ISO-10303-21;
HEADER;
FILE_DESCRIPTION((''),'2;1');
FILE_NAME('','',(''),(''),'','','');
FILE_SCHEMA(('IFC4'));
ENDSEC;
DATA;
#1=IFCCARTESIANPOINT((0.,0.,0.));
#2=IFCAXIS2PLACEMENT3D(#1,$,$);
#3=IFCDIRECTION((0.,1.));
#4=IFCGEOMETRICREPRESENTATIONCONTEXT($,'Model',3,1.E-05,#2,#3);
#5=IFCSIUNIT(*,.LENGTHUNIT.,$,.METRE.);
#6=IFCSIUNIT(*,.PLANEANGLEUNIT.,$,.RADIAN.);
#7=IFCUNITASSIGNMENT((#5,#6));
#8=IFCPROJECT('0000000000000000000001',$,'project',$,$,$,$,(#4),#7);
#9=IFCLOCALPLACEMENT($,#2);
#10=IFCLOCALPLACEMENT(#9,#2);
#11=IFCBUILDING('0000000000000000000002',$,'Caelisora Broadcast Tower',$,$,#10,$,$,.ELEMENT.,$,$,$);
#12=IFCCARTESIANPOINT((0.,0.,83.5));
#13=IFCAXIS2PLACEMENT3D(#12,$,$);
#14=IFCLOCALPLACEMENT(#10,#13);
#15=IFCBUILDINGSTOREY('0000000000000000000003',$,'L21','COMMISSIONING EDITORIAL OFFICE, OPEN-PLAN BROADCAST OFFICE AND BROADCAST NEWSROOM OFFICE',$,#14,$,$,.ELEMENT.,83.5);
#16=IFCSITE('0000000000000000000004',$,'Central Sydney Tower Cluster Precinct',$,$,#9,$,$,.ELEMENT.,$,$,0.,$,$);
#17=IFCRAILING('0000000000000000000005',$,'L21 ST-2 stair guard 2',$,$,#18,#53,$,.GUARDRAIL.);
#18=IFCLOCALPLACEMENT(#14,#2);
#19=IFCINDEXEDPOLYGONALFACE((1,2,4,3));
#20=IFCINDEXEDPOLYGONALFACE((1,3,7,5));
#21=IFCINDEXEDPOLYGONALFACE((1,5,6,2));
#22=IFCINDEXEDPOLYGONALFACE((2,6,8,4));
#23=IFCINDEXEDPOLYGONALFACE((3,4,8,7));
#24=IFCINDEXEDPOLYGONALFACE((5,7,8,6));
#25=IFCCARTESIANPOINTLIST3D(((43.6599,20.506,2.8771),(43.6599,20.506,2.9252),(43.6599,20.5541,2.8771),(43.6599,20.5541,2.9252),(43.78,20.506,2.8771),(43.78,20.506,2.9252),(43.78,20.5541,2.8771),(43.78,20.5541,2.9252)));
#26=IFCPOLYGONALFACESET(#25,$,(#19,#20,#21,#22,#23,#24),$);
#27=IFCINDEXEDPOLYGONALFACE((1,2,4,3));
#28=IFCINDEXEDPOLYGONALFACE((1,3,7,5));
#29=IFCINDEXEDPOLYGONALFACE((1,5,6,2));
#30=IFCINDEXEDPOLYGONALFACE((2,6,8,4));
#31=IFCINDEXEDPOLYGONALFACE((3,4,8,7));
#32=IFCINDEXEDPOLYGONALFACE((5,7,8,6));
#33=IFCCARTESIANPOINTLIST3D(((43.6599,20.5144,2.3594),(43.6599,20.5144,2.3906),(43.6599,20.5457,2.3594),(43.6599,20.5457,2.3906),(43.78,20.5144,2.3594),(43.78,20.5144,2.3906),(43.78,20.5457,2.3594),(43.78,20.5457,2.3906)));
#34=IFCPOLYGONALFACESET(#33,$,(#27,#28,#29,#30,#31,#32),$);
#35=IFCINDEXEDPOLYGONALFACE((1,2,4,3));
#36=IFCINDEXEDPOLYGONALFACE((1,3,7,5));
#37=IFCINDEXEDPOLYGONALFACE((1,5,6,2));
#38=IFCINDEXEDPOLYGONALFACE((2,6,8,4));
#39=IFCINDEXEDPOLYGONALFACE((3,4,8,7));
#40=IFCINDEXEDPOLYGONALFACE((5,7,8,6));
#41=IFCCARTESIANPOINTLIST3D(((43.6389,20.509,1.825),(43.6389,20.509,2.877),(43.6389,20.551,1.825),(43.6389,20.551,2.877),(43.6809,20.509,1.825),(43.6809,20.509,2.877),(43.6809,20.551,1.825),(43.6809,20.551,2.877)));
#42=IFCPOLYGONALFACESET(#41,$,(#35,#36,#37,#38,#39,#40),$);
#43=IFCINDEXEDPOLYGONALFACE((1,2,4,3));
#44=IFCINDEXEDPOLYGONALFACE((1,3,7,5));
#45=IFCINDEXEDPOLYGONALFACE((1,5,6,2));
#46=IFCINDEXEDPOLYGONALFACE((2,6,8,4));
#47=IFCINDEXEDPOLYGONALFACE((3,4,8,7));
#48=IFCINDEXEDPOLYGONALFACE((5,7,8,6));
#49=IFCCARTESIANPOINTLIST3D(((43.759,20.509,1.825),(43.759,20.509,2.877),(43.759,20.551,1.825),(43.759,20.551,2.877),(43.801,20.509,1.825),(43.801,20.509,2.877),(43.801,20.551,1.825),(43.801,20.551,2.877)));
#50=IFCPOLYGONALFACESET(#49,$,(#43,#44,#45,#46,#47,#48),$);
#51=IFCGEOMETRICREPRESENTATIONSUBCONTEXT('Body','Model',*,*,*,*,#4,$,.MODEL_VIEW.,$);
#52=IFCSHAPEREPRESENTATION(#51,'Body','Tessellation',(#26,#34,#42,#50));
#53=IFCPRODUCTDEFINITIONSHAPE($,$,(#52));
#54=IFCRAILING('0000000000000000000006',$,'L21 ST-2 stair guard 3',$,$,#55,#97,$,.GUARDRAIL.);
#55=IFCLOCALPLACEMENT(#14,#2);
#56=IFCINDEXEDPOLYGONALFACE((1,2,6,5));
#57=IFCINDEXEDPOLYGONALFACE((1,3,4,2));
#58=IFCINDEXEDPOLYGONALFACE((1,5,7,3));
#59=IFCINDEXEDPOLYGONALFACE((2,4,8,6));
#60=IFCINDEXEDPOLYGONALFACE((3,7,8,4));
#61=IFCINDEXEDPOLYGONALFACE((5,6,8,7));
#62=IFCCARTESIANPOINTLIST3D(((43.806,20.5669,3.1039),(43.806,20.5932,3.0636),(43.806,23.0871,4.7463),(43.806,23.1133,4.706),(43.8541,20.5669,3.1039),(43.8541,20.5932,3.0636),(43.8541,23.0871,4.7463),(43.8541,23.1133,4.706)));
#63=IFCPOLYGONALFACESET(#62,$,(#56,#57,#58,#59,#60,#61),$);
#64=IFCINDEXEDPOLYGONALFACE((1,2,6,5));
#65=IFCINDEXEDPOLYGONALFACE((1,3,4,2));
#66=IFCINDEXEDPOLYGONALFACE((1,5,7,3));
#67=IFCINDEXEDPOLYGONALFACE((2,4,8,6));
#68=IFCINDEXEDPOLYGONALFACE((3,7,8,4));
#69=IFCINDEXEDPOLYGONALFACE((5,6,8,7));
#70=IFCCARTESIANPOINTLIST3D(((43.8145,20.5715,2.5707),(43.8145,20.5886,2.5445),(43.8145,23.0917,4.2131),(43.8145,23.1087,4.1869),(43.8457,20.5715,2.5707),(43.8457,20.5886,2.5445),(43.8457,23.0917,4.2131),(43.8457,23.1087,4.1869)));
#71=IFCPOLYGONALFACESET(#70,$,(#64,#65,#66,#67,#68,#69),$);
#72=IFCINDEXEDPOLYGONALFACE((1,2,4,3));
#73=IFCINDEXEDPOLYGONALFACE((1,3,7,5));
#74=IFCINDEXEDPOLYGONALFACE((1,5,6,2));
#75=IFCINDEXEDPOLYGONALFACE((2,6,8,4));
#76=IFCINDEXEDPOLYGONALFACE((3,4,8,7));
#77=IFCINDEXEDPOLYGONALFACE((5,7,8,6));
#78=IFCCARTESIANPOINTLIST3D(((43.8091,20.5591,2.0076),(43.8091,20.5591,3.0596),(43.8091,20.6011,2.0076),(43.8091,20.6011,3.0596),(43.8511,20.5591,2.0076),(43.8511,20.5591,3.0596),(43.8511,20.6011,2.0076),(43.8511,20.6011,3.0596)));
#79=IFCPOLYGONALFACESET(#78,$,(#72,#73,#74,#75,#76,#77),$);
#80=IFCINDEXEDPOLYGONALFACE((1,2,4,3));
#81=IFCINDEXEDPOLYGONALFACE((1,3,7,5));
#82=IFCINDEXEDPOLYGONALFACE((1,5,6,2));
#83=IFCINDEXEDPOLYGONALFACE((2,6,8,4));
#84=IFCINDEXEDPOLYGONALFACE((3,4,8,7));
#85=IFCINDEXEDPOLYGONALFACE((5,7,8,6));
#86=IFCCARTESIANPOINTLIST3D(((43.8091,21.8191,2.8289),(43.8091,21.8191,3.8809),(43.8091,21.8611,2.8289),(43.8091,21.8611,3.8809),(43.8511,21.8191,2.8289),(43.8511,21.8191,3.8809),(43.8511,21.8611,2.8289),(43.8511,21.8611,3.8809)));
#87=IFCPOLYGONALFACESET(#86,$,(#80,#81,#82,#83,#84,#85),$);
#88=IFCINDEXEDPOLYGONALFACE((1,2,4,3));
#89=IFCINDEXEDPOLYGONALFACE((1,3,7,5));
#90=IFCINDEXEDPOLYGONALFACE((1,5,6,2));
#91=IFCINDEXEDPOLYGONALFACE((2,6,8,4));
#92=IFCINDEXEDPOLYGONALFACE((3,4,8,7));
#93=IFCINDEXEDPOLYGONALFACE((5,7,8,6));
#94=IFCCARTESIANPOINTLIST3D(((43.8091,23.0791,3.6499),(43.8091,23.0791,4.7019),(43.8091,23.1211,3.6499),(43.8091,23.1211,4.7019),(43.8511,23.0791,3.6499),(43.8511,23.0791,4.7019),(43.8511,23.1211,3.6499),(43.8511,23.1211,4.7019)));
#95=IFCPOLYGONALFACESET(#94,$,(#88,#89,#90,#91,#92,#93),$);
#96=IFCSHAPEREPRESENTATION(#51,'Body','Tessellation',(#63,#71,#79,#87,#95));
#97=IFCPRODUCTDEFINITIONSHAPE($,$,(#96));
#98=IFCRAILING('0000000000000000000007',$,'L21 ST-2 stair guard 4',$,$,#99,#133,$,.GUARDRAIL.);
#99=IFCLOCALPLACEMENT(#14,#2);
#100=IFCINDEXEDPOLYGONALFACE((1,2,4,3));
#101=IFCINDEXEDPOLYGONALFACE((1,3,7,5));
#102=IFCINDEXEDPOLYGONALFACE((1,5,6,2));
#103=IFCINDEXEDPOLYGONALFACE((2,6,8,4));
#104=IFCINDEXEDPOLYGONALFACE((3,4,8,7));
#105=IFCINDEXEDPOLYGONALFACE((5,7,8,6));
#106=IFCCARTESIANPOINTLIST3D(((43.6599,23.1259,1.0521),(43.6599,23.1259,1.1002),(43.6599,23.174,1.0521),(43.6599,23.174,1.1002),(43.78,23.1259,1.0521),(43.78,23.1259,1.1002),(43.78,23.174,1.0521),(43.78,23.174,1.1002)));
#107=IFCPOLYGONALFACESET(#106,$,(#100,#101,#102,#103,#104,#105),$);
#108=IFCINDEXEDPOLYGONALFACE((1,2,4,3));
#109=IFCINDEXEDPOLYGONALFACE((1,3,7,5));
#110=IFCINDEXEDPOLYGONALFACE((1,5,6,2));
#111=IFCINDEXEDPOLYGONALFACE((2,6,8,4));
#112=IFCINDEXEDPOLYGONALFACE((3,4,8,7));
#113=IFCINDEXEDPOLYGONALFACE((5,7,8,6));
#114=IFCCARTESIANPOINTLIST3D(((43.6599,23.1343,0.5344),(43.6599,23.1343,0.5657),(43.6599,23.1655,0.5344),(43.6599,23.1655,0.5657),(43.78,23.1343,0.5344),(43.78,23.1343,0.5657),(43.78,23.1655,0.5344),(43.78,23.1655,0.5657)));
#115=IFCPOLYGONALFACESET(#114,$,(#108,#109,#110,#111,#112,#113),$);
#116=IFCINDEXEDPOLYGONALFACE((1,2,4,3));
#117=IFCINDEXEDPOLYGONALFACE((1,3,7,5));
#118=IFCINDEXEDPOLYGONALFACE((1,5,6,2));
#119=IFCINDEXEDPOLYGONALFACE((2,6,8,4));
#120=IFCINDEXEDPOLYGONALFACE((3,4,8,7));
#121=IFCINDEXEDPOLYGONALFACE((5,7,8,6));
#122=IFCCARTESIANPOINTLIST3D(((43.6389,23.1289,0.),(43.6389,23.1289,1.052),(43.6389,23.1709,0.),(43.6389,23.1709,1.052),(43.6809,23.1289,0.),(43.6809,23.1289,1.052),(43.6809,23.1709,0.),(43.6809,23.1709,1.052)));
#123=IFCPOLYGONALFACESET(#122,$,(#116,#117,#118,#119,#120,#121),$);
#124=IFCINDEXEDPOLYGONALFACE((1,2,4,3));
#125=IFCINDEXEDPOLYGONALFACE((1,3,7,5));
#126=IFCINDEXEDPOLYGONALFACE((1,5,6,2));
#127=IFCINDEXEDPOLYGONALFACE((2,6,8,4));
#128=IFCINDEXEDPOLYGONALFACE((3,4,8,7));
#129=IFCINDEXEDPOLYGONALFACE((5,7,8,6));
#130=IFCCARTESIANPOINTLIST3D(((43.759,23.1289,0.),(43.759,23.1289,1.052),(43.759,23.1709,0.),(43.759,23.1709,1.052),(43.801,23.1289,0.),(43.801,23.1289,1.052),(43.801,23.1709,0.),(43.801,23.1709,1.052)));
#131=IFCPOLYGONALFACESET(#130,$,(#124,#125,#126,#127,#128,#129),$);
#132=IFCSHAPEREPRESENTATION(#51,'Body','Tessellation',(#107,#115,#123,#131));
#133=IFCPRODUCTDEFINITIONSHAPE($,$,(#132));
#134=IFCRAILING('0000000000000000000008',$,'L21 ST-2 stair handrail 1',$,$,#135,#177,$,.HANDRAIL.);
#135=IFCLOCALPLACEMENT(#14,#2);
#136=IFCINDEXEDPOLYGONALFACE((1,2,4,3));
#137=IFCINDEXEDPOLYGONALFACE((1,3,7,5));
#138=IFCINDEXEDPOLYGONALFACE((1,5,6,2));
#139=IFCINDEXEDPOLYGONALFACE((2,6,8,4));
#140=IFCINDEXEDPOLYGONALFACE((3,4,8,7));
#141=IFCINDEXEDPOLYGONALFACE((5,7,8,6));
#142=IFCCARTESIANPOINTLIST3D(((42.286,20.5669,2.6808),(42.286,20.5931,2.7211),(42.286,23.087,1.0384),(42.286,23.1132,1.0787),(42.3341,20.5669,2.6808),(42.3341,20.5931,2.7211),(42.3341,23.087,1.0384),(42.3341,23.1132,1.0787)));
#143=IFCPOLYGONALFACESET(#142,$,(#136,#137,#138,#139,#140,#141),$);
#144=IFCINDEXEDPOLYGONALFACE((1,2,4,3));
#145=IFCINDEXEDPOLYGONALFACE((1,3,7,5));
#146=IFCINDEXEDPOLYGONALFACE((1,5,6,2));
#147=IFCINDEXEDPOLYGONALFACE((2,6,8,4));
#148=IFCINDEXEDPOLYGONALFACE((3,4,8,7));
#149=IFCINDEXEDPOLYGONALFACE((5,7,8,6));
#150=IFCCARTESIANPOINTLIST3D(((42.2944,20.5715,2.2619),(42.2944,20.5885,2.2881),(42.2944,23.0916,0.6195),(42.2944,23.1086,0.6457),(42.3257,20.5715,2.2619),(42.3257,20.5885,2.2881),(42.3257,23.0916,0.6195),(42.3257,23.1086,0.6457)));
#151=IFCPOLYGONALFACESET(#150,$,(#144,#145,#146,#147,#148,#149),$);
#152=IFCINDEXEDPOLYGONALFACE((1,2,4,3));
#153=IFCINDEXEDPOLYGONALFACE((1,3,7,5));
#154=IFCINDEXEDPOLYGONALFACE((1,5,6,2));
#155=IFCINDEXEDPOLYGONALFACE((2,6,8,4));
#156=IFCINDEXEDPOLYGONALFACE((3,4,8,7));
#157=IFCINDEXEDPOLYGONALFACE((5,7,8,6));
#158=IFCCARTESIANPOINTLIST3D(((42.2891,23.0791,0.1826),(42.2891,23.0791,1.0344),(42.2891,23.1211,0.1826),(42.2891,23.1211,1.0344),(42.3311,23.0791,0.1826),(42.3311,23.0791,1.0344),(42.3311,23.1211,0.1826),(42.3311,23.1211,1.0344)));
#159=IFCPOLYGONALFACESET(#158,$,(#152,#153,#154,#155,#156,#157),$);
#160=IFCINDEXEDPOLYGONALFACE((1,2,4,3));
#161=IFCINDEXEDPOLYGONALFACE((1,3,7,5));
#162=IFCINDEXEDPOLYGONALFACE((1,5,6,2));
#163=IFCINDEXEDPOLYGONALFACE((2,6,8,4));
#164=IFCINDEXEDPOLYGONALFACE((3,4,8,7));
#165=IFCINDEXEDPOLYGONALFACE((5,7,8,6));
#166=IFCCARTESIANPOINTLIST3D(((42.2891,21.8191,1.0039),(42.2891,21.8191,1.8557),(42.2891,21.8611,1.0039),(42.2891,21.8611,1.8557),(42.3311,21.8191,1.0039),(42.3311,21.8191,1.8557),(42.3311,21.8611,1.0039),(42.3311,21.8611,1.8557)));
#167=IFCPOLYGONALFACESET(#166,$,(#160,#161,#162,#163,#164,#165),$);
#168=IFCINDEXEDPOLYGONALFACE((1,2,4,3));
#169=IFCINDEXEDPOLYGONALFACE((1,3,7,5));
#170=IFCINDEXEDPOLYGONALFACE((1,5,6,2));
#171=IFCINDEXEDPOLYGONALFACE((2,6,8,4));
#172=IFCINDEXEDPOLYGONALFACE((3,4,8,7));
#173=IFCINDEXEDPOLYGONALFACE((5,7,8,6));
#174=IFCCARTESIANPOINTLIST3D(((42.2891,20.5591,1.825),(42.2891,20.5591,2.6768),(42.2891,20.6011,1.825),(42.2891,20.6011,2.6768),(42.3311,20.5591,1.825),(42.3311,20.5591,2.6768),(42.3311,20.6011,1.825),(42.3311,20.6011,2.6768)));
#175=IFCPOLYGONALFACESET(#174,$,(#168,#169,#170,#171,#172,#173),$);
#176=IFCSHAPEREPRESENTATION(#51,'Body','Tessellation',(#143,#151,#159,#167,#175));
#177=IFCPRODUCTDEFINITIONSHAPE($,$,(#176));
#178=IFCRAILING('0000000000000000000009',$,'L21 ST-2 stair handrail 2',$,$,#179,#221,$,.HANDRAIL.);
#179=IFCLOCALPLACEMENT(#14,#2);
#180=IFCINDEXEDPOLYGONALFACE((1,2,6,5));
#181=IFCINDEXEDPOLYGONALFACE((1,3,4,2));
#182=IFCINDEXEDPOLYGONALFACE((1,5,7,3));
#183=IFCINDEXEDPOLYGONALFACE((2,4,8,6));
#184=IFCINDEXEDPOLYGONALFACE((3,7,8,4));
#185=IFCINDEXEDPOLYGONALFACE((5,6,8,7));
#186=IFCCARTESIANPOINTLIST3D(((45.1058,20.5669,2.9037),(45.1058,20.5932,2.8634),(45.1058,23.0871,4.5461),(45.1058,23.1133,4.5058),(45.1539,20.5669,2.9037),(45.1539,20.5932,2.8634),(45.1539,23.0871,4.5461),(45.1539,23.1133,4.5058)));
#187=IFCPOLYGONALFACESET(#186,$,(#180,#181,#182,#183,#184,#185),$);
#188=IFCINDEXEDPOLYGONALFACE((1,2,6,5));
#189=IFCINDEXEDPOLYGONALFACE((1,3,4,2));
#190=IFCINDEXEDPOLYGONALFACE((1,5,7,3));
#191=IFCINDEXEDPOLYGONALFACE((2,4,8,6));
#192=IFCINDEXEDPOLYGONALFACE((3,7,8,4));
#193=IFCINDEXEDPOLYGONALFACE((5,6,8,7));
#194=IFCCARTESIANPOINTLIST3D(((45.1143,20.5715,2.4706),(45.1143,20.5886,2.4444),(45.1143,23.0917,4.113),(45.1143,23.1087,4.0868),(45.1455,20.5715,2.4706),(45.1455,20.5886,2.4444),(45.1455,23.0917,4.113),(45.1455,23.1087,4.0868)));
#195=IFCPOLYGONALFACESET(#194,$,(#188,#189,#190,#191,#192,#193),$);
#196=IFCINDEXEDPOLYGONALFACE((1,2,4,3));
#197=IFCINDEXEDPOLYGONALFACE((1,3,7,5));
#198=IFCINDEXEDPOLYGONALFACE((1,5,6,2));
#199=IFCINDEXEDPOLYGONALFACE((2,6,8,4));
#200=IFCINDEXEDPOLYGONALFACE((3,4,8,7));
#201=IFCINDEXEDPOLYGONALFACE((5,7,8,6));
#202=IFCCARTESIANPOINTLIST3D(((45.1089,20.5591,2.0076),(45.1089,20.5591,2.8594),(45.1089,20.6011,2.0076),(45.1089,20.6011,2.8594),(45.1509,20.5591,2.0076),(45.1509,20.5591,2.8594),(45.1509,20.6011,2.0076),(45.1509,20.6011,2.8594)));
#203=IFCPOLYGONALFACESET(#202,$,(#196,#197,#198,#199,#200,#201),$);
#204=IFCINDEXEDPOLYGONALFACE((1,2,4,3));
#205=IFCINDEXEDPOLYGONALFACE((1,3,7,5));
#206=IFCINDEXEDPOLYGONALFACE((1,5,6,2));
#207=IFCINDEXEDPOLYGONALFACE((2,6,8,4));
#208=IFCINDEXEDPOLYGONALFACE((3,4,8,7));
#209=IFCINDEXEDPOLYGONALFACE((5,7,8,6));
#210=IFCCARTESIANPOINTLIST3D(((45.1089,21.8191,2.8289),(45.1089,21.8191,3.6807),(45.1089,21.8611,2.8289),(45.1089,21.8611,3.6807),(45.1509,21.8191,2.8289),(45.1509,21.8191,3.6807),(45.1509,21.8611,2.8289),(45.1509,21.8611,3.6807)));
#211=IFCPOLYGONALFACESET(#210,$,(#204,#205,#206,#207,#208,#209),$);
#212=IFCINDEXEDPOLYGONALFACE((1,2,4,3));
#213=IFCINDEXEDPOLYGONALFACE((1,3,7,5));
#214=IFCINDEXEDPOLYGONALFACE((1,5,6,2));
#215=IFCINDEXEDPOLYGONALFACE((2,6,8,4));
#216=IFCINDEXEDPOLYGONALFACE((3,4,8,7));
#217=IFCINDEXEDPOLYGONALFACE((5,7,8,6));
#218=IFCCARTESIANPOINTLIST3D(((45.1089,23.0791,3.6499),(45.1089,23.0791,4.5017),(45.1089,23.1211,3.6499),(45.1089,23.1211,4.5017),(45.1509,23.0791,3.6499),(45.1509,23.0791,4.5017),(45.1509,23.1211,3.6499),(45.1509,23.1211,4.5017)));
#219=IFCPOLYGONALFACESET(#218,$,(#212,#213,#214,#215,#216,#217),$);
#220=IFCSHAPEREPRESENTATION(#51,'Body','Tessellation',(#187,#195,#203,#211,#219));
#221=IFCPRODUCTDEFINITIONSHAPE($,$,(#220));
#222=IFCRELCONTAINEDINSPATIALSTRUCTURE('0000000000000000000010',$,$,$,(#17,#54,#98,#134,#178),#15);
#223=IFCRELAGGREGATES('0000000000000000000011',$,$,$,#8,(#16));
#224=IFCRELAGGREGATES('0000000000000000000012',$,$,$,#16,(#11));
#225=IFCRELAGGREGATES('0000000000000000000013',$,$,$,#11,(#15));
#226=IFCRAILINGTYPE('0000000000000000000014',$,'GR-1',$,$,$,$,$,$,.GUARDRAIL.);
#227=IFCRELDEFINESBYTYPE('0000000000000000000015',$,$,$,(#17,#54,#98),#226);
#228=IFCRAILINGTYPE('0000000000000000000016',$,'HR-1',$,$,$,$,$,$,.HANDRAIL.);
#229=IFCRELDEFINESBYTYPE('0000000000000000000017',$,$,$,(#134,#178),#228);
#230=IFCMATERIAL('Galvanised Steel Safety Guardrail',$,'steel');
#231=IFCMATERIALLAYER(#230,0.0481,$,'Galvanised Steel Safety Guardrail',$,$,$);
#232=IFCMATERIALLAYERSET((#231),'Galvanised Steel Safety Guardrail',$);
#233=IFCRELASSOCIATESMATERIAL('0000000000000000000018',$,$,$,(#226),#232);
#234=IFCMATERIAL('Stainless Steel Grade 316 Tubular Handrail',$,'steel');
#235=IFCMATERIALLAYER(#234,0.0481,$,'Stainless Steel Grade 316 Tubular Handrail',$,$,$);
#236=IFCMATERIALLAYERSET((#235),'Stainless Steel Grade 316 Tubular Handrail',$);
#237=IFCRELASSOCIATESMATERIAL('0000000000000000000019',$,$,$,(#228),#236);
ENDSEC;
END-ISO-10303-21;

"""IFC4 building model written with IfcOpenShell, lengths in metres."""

from ifc_helpers import new_model, si_unit, direction, frame, origin, origin_2d, place, context, subcontext, project, spatial, rectangle, extrude, material, layer, layer_set, type_object, element, save


model = new_model("IFC4")

# Units and contexts
model_context = context("Model", 3, precision=1e-05, world=origin(), true_north=direction((0.0, 1.0)))
body_context = subcontext(model_context, "Body", "Model", "MODEL_VIEW")
ifc_project = project(units=[si_unit("LENGTHUNIT", "METRE"), si_unit("PLANEANGLEUNIT", "RADIAN")], contexts=[model_context])

# Site, building, storey
site_placement = place(None, origin())
site = spatial("IfcSite", under=ifc_project, at=site_placement, Name="Central Sydney Tower Cluster Precinct", CompositionType="ELEMENT", RefElevation=0.0)
building_placement = place(site_placement, origin())
building = spatial("IfcBuilding", under=site, at=building_placement, Name="Caelisora Broadcast Tower", CompositionType="ELEMENT")
storey_placement = place(building_placement, frame((0.0, 0.0, 83.5)))
storey = spatial("IfcBuildingStorey", under=building, at=storey_placement, Name="L21", Description="COMMISSIONING EDITORIAL OFFICE, OPEN-PLAN BROADCAST OFFICE AND BROADCAST NEWSROOM OFFICE", CompositionType="ELEMENT", Elevation=83.5)

# Railings
ifc_material_1 = material(Name="Galvanised Steel Safety Guardrail", Category="steel")
ifc_layer_1 = layer(ifc_material_1, 0.0481, Name="Galvanised Steel Safety Guardrail")
ifc_layer_set_1 = layer_set([ifc_layer_1], Name="Galvanised Steel Safety Guardrail")
railing_type_1 = type_object("IfcRailingType", Name="GR-1", PredefinedType="GUARDRAIL", material=ifc_layer_set_1)
railing_1_placement = place(storey_placement, frame((43.6599, 20.53, 1.825)))
element("IfcRailing", 1, at=railing_1_placement, inside=storey, type_object=railing_type_1, Name="L21 ST-2 stair guard 2", PredefinedType="GUARDRAIL", context=body_context, shape_type="SweptSolid", body=[
    extrude(rectangle(XDim=0.0481, YDim=0.0481, at=origin_2d()), frame((0.0, 0.0, 1.0762), z_axis=(1.0, 0.0, 0.0), x_axis=(0.0, 1.0, 0.0)), (0.0, 0.0, 1.0), 0.1201),
    extrude(rectangle(XDim=0.0312, YDim=0.0312, at=origin_2d()), frame((0.0, 0.0, 0.55), z_axis=(1.0, 0.0, 0.0), x_axis=(0.0, 1.0, 0.0)), (0.0, 0.0, 1.0), 0.1201),
    extrude(rectangle(XDim=0.042, YDim=0.042, at=origin_2d()), origin(), (0.0, 0.0, 1.0), 1.052),
    extrude(rectangle(XDim=0.042, YDim=0.042, at=origin_2d()), frame((0.1201, 0.0, 0.0)), (0.0, 0.0, 1.0), 1.052),
])
railing_2_placement = place(storey_placement, frame((43.8301, 20.5801, 2.0076)))
element("IfcRailing", 2, at=railing_2_placement, inside=storey, type_object=railing_type_1, Name="L21 ST-2 stair guard 3", PredefinedType="GUARDRAIL", context=body_context, shape_type="SweptSolid", body=[
    extrude(rectangle(XDim=0.0481, YDim=0.0481, at=origin_2d()), frame((0.0, 0.0, 1.0762), z_axis=(0.0, 0.837787, 0.545998), x_axis=(-1.0, 0.0, 0.0)), (0.0, 0.0, 1.0), 3.0081),
    extrude(rectangle(XDim=0.0312, YDim=0.0312, at=origin_2d()), frame((0.0, 0.0, 0.55), z_axis=(0.0, 0.837787, 0.545998), x_axis=(-1.0, 0.0, 0.0)), (0.0, 0.0, 1.0), 3.0081),
    extrude(rectangle(XDim=0.042, YDim=0.042, at=origin_2d()), origin(), (0.0, 0.0, 1.0), 1.052),
    extrude(rectangle(XDim=0.042, YDim=0.042, at=origin_2d()), frame((0.0, 1.26, 0.8213)), (0.0, 0.0, 1.0), 1.052),
    extrude(rectangle(XDim=0.042, YDim=0.042, at=origin_2d()), frame((0.0, 2.52, 1.6423)), (0.0, 0.0, 1.0), 1.052),
])
railing_3_placement = place(storey_placement, frame((43.6599, 23.1499, 0.0)))
element("IfcRailing", 3, at=railing_3_placement, inside=storey, type_object=railing_type_1, Name="L21 ST-2 stair guard 4", PredefinedType="GUARDRAIL", context=body_context, shape_type="SweptSolid", body=[
    extrude(rectangle(XDim=0.0481, YDim=0.0481, at=origin_2d()), frame((0.0, 0.0, 1.0762), z_axis=(1.0, 0.0, 0.0), x_axis=(0.0, 1.0, 0.0)), (0.0, 0.0, 1.0), 0.1201),
    extrude(rectangle(XDim=0.0312, YDim=0.0312, at=origin_2d()), frame((0.0, 0.0, 0.55), z_axis=(1.0, 0.0, 0.0), x_axis=(0.0, 1.0, 0.0)), (0.0, 0.0, 1.0), 0.1201),
    extrude(rectangle(XDim=0.042, YDim=0.042, at=origin_2d()), origin(), (0.0, 0.0, 1.0), 1.052),
    extrude(rectangle(XDim=0.042, YDim=0.042, at=origin_2d()), frame((0.1201, 0.0, 0.0)), (0.0, 0.0, 1.0), 1.052),
])
ifc_material_2 = material(Name="Stainless Steel Grade 316 Tubular Handrail", Category="steel")
ifc_layer_2 = layer(ifc_material_2, 0.0481, Name="Stainless Steel Grade 316 Tubular Handrail")
ifc_layer_set_2 = layer_set([ifc_layer_2], Name="Stainless Steel Grade 316 Tubular Handrail")
railing_type_2 = type_object("IfcRailingType", Name="HR-1", PredefinedType="HANDRAIL", material=ifc_layer_set_2)
railing_4_placement = place(storey_placement, frame((42.3101, 23.1001, 0.1826)))
element("IfcRailing", 4, at=railing_4_placement, inside=storey, type_object=railing_type_2, Name="L21 ST-2 stair handrail 1", PredefinedType="HANDRAIL", context=body_context, shape_type="SweptSolid", body=[
    extrude(rectangle(XDim=0.0481, YDim=0.0481, at=origin_2d()), frame((0.0, 0.0, 0.876), z_axis=(0.0, -0.837787, 0.545998), x_axis=(1.0, 0.0, 0.0)), (0.0, 0.0, 1.0), 3.0081),
    extrude(rectangle(XDim=0.0312, YDim=0.0312, at=origin_2d()), frame((0.0, 0.0, 0.45), z_axis=(0.0, -0.837787, 0.545998), x_axis=(1.0, 0.0, 0.0)), (0.0, 0.0, 1.0), 3.0081),
    extrude(rectangle(XDim=0.042, YDim=0.042, at=origin_2d()), origin(), (0.0, 0.0, 1.0), 0.8518),
    extrude(rectangle(XDim=0.042, YDim=0.042, at=origin_2d()), frame((0.0, -1.26, 0.8213)), (0.0, 0.0, 1.0), 0.8518),
    extrude(rectangle(XDim=0.042, YDim=0.042, at=origin_2d()), frame((0.0, -2.52, 1.6423)), (0.0, 0.0, 1.0), 0.8518),
])
railing_5_placement = place(storey_placement, frame((45.1299, 20.5801, 2.0076)))
element("IfcRailing", 5, at=railing_5_placement, inside=storey, type_object=railing_type_2, Name="L21 ST-2 stair handrail 2", PredefinedType="HANDRAIL", context=body_context, shape_type="SweptSolid", body=[
    extrude(rectangle(XDim=0.0481, YDim=0.0481, at=origin_2d()), frame((0.0, 0.0, 0.876), z_axis=(0.0, 0.837787, 0.545998), x_axis=(-1.0, 0.0, 0.0)), (0.0, 0.0, 1.0), 3.0081),
    extrude(rectangle(XDim=0.0312, YDim=0.0312, at=origin_2d()), frame((0.0, 0.0, 0.45), z_axis=(0.0, 0.837787, 0.545998), x_axis=(-1.0, 0.0, 0.0)), (0.0, 0.0, 1.0), 3.0081),
    extrude(rectangle(XDim=0.042, YDim=0.042, at=origin_2d()), origin(), (0.0, 0.0, 1.0), 0.8518),
    extrude(rectangle(XDim=0.042, YDim=0.042, at=origin_2d()), frame((0.0, 1.26, 0.8213)), (0.0, 0.0, 1.0), 0.8518),
    extrude(rectangle(XDim=0.042, YDim=0.042, at=origin_2d()), frame((0.0, 2.52, 1.6423)), (0.0, 0.0, 1.0), 0.8518),
])

save(model, "model.ifc")
